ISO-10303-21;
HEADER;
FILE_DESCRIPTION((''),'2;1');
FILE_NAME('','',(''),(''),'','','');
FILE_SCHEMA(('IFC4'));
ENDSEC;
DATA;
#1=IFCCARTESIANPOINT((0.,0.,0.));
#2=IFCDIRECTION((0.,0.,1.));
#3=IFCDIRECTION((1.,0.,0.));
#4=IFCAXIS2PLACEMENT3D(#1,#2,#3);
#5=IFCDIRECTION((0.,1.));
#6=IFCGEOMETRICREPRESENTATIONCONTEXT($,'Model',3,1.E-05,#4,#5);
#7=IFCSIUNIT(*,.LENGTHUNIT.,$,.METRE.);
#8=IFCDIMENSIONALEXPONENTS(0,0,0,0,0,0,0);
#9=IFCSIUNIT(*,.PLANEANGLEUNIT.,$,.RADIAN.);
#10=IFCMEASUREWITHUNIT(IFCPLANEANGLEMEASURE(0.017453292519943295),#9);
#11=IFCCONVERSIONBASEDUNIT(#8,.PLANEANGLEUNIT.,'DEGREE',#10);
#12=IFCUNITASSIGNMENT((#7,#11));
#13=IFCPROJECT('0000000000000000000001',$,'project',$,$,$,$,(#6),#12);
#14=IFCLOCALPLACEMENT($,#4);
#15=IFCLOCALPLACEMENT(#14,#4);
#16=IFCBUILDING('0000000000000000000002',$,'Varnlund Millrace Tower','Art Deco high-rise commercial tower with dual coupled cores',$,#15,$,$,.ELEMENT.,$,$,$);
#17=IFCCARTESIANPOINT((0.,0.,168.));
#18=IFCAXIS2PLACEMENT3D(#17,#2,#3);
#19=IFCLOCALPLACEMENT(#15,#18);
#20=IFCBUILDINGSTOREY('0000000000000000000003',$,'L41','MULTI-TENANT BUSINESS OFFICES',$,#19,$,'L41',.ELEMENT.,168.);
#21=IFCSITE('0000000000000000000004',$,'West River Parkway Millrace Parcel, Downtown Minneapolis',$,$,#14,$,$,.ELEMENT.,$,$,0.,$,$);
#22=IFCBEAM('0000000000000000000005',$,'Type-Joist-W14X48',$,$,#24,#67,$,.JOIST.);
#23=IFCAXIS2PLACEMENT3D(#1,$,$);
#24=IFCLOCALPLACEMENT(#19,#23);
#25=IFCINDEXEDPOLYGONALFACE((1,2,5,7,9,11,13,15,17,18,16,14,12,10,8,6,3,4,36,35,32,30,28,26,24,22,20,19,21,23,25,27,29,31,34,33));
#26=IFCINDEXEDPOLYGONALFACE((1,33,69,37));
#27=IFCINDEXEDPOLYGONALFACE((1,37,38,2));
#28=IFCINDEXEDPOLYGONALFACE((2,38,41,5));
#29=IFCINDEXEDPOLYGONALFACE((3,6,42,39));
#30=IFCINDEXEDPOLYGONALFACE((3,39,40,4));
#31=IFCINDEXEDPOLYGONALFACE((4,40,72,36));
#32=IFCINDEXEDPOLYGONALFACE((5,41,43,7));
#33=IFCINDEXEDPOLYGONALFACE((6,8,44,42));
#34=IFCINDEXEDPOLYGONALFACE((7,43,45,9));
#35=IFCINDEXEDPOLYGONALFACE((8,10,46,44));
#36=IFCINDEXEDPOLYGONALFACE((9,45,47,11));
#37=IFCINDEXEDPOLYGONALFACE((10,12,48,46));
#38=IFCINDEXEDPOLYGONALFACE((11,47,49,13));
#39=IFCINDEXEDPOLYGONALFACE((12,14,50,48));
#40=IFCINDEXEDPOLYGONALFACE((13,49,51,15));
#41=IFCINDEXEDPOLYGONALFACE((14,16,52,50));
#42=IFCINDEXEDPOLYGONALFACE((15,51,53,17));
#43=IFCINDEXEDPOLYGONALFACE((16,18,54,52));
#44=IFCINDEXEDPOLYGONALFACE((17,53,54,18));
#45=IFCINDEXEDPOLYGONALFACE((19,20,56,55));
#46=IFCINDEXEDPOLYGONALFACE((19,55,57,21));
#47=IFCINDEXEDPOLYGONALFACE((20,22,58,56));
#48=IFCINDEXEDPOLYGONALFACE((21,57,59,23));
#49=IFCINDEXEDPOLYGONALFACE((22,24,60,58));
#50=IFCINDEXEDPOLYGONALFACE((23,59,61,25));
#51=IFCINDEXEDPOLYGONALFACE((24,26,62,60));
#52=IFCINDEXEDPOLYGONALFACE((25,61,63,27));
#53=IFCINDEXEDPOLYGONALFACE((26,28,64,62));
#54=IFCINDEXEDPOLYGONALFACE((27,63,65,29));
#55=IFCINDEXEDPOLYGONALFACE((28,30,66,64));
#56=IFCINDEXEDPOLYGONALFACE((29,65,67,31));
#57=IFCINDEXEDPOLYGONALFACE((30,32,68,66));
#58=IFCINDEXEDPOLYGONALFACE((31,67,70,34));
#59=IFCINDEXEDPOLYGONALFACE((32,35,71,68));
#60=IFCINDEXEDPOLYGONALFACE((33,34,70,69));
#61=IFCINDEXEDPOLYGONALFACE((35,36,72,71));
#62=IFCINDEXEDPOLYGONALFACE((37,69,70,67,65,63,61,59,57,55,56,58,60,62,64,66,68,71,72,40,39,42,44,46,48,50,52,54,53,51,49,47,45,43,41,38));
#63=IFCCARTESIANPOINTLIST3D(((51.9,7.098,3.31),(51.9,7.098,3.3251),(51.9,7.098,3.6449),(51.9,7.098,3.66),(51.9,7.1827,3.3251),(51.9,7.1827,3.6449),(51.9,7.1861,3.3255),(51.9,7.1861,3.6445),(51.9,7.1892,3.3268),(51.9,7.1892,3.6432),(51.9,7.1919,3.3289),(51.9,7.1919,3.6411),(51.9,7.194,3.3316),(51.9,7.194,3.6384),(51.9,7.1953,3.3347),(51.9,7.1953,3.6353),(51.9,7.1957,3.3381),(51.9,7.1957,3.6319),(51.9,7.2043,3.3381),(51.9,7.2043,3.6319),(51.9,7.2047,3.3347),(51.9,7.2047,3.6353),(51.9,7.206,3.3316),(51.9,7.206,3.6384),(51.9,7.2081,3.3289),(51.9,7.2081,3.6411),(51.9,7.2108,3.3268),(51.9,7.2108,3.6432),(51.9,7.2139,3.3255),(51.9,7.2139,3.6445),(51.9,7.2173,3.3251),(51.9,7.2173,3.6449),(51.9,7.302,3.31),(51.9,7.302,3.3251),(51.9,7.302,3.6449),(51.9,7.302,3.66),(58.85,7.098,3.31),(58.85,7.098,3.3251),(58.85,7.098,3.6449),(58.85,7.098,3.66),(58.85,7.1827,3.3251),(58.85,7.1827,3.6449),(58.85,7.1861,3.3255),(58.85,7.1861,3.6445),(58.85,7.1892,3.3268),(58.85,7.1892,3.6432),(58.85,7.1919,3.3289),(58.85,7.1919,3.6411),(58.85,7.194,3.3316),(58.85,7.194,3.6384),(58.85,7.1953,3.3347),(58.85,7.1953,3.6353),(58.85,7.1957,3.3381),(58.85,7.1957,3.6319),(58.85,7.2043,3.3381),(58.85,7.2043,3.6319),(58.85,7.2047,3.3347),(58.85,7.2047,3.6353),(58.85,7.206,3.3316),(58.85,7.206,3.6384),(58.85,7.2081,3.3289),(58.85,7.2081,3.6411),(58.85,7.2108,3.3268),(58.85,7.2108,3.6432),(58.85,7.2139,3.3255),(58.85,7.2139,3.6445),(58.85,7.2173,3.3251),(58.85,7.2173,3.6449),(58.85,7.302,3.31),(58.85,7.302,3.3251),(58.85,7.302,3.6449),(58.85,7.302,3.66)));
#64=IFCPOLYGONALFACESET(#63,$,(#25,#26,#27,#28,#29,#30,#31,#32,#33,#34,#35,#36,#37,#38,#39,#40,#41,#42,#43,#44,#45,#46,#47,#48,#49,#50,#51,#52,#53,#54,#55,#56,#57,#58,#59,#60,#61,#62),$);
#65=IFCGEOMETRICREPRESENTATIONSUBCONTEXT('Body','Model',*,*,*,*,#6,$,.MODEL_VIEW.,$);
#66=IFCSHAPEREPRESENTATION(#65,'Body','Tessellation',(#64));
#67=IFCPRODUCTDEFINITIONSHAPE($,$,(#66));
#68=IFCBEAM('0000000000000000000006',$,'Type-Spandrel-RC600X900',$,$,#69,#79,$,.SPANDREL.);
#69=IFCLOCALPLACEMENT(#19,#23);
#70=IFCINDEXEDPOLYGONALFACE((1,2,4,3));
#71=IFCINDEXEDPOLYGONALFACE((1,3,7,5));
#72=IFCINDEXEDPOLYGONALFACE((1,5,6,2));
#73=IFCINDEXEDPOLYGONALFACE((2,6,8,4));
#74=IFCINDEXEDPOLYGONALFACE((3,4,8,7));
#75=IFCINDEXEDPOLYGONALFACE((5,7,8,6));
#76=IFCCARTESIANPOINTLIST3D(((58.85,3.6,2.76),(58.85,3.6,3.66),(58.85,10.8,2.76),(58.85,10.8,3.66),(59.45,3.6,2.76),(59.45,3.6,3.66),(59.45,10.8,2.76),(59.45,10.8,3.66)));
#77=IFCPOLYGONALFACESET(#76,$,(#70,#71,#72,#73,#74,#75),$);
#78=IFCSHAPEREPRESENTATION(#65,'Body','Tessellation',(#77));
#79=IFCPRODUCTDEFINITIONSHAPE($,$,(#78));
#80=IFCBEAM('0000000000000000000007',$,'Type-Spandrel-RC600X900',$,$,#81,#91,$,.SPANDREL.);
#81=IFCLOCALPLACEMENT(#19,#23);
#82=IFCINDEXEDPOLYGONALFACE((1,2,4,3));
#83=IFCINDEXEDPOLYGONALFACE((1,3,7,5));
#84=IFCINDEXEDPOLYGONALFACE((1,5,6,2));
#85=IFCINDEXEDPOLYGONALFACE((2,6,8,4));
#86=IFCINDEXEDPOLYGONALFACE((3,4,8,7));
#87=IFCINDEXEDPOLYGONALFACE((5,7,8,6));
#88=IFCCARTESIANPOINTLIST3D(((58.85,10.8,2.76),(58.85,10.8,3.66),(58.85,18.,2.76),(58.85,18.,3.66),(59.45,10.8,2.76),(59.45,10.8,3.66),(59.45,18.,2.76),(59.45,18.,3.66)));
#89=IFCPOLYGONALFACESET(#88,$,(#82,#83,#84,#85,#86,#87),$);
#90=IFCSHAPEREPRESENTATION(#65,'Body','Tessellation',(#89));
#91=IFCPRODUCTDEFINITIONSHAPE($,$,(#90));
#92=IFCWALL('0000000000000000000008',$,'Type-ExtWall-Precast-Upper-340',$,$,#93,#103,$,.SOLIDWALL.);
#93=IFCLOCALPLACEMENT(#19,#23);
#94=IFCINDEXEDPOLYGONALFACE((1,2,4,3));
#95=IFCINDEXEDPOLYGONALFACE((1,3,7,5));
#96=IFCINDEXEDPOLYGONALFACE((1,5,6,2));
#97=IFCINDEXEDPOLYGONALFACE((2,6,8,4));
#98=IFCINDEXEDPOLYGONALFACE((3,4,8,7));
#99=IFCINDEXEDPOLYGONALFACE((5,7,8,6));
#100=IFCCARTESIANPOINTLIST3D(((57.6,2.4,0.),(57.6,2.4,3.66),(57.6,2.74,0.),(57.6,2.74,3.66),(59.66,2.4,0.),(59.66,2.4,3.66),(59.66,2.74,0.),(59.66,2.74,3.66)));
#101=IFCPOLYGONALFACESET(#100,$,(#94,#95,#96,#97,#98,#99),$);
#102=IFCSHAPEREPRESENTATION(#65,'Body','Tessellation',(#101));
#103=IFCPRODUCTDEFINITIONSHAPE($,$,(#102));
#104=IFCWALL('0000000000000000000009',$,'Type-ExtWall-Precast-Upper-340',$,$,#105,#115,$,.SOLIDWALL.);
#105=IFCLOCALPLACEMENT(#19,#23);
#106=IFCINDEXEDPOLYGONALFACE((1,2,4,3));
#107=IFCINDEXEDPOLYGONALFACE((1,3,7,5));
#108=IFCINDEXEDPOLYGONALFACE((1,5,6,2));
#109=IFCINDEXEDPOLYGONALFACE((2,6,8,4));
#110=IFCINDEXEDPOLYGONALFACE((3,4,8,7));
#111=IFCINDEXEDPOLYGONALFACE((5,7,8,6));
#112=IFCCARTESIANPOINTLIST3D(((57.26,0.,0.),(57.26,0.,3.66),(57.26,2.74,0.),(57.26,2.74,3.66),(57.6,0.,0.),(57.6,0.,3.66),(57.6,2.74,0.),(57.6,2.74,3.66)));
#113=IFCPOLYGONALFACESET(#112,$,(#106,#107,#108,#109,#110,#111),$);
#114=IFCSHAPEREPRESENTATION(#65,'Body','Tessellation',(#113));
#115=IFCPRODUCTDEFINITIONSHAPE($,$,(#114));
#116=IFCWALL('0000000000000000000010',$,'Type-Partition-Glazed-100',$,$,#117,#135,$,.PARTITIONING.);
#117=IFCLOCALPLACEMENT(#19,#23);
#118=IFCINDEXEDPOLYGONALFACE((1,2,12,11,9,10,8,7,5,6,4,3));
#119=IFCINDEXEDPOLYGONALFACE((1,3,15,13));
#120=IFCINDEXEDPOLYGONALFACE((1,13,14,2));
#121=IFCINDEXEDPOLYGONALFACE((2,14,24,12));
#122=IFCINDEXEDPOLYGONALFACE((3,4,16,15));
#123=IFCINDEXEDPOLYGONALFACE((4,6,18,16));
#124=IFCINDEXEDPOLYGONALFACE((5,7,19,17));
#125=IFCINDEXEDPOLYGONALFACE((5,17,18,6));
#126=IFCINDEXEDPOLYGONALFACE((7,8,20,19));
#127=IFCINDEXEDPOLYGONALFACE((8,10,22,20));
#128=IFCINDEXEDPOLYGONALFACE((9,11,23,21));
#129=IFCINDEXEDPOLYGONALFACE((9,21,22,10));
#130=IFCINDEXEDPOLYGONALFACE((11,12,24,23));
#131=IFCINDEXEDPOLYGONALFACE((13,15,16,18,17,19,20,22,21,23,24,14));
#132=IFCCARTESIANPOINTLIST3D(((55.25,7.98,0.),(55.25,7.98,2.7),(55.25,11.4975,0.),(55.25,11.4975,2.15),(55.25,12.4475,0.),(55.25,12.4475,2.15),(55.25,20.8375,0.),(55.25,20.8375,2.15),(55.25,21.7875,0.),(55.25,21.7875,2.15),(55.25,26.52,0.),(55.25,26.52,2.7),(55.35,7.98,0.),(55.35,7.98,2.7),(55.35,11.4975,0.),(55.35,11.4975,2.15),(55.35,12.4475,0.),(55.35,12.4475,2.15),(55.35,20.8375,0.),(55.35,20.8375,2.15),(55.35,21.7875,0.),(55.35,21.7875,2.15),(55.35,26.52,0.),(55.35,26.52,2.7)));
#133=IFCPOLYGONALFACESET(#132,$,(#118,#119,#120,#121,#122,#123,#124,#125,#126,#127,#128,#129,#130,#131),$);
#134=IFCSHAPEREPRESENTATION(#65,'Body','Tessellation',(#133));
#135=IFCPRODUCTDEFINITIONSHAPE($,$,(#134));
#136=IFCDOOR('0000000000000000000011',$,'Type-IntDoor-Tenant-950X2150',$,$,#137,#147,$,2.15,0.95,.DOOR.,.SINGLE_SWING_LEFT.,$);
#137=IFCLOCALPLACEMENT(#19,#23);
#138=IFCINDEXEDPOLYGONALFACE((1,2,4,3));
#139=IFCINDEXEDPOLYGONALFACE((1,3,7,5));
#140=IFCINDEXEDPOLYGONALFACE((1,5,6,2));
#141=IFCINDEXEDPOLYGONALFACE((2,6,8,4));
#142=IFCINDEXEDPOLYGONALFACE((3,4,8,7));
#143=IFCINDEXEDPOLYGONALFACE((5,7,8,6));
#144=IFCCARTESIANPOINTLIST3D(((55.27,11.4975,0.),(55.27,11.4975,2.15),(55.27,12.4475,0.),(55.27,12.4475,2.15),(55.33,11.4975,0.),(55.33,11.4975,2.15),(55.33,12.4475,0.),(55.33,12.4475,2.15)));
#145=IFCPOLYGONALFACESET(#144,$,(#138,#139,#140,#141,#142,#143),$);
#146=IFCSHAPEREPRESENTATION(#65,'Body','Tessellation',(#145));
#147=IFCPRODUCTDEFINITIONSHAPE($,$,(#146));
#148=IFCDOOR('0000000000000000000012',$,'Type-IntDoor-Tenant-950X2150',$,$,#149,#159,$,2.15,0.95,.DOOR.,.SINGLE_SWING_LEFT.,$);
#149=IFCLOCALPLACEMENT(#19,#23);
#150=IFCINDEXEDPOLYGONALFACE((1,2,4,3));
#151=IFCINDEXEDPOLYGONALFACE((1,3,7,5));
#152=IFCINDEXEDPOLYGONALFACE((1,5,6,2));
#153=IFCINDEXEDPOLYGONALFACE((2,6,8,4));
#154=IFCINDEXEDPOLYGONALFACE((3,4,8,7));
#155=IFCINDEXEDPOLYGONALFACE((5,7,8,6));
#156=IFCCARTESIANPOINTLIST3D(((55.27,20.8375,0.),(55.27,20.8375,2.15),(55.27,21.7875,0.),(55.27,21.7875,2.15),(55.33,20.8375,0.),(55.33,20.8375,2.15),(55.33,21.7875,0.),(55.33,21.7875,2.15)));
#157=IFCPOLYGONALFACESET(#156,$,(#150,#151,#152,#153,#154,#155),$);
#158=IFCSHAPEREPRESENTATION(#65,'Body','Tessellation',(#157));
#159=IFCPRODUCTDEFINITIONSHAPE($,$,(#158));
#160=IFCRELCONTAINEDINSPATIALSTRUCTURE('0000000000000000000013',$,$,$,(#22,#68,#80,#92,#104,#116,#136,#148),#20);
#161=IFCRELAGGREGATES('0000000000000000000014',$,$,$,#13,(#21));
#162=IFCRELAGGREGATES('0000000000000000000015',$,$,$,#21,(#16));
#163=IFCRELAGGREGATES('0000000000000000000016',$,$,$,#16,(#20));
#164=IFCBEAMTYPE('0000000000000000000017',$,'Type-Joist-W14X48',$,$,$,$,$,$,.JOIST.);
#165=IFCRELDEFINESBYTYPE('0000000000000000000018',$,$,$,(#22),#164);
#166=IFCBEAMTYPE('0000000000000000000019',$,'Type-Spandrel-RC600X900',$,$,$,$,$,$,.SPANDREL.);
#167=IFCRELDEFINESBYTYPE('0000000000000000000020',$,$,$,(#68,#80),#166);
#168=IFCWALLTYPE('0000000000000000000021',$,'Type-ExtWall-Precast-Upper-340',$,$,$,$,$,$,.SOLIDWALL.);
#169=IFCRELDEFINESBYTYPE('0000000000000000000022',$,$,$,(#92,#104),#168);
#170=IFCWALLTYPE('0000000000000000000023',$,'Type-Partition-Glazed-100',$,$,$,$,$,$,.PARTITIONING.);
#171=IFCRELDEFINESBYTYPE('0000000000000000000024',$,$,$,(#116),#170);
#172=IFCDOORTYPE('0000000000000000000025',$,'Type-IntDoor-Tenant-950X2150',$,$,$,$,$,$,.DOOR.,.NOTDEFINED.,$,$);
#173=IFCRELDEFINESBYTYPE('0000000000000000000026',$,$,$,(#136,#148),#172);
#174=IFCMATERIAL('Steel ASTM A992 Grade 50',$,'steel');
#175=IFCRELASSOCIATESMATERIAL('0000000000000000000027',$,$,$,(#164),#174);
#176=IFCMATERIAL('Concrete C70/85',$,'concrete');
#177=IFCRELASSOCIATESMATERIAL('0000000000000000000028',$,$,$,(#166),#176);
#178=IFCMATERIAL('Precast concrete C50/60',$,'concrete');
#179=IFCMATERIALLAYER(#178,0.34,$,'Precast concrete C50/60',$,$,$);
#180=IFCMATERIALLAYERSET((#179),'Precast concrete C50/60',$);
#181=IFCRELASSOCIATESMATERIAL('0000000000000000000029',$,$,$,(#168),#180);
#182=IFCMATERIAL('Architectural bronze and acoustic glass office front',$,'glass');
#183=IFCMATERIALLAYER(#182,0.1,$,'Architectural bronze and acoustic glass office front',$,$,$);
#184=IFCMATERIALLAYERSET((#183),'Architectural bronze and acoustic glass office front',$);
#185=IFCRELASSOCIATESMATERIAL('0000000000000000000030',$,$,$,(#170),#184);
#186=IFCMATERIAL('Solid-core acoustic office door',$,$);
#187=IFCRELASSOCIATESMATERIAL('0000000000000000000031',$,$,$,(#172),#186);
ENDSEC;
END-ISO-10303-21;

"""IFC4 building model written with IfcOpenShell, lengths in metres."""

from ifc_helpers import new_model, entity, si_unit, converted_unit, direction, frame, origin_with_axes, origin_2d_with_axis, place, context, subcontext, project, spatial, polyline, rectangle, i_section, outline, extrude, material, layer, layer_set, material_profile, profile_set, type_object, element, fill, save


model = new_model("IFC4")

# Units and contexts
model_context = context("Model", 3, precision=1e-05, world=origin_with_axes(), true_north=direction((0.0, 1.0)))
body_context = subcontext(model_context, "Body", "Model", "MODEL_VIEW")
ifc_project = project(units=[si_unit("LENGTHUNIT", "METRE"), converted_unit("PLANEANGLEUNIT", "DEGREE", entity("IfcPlaneAngleMeasure", 0.017453292519943295), si_unit("PLANEANGLEUNIT", "RADIAN"), dimensions=[0, 0, 0, 0, 0, 0, 0])], contexts=[model_context])

# Site, building, storey
site_placement = place(None, origin_with_axes())
site = spatial("IfcSite", under=ifc_project, at=site_placement, Name="West River Parkway Millrace Parcel, Downtown Minneapolis", CompositionType="ELEMENT", RefElevation=0.0)
building_placement = place(site_placement, origin_with_axes())
building = spatial("IfcBuilding", under=site, at=building_placement, Name="Varnlund Millrace Tower", Description="Art Deco high-rise commercial tower with dual coupled cores", CompositionType="ELEMENT")
storey_placement = place(building_placement, frame((0.0, 0.0, 168.0), z_axis=(0.0, 0.0, 1.0), x_axis=(1.0, 0.0, 0.0)))
storey = spatial("IfcBuildingStorey", under=building, at=storey_placement, Name="L41", Description="MULTI-TENANT BUSINESS OFFICES", LongName="L41", CompositionType="ELEMENT", Elevation=168.0)

# Beams
ifc_material_1 = material(Name="Steel ASTM A992 Grade 50", Category="steel")
ifc_material_profile_1 = material_profile(ifc_material_1, i_section(OverallWidth=0.204, OverallDepth=0.35, WebThickness=0.0086, FlangeThickness=0.0151, FilletRadius=0.013, at=origin_2d_with_axis()), Name="Steel ASTM A992 Grade 50")
ifc_profile_set_1 = profile_set([ifc_material_profile_1], Name="Steel ASTM A992 Grade 50")
beam_type_1 = type_object("IfcBeamType", Name="Type-Joist-W14X48", PredefinedType="JOIST", material=ifc_profile_set_1)
beam_placement = place(storey_placement, frame((51.9, 7.2, 3.485), z_axis=(1.0, 0.0, 0.0), x_axis=(0.0, 1.0, 0.0)))
element("IfcBeam", 1, at=beam_placement, inside=storey, type_object=beam_type_1, Name="Type-Joist-W14X48", PredefinedType="JOIST", context=body_context, shape_type="SweptSolid", body=[
    extrude(i_section(OverallWidth=0.204, OverallDepth=0.35, WebThickness=0.0086, FlangeThickness=0.0151, FilletRadius=0.013, at=origin_2d_with_axis()), origin_with_axes(), (0.0, 0.0, 1.0), 6.95),
])
ifc_material_2 = material(Name="Concrete C70/85", Category="concrete")
ifc_material_profile_2 = material_profile(ifc_material_2, rectangle(XDim=0.6, YDim=0.9, at=origin_2d_with_axis()), Name="Concrete C70/85")
ifc_profile_set_2 = profile_set([ifc_material_profile_2], Name="Concrete C70/85")
beam_type_2 = type_object("IfcBeamType", Name="Type-Spandrel-RC600X900", PredefinedType="SPANDREL", material=ifc_profile_set_2)
for number, where, z_axis, x_axis, name in (
    (2, (59.15, 3.6, 3.21), (0.0, 1.0, 0.0), (-1.0, 0.0, 0.0), "Type-Spandrel-RC600X900"),
    (3, (59.15, 10.8, 3.21), (0.0, 1.0, 0.0), (-1.0, 0.0, 0.0), "Type-Spandrel-RC600X900"),
):
    element("IfcBeam", number, at=place(storey_placement, frame(where, z_axis=z_axis, x_axis=x_axis)), inside=storey, type_object=beam_type_2, Name=name, PredefinedType="SPANDREL", context=body_context, shape_type="SweptSolid", body=[
        extrude(rectangle(XDim=0.6, YDim=0.9, at=origin_2d_with_axis()), origin_with_axes(), (0.0, 0.0, 1.0), 7.2),
    ])

# Walls
ifc_material_3 = material(Name="Precast concrete C50/60", Category="concrete")
ifc_layer_1 = layer(ifc_material_3, 0.34, Name="Precast concrete C50/60")
ifc_layer_set_1 = layer_set([ifc_layer_1], Name="Precast concrete C50/60")
wall_type_1 = type_object("IfcWallType", Name="Type-ExtWall-Precast-Upper-340", PredefinedType="SOLIDWALL", material=ifc_layer_set_1)
wall_1_placement = place(storey_placement, frame((59.66, 2.57, 0.0), z_axis=(0.0, 0.0, 1.0), x_axis=(-1.0, 0.0, 0.0)))
element("IfcWall", 4, at=wall_1_placement, inside=storey, type_object=wall_type_1, Name="Type-ExtWall-Precast-Upper-340", PredefinedType="SOLIDWALL", context=body_context, shape_type="SweptSolid", body=[
    extrude(outline(polyline([(0.0, -0.17), (2.06, -0.17), (2.06, 0.17), (0.0, 0.17), (0.0, -0.17)])), origin_with_axes(), (0.0, 0.0, 1.0), 3.66),
])
wall_2_placement = place(storey_placement, frame((57.43, 2.74, 0.0), z_axis=(0.0, 0.0, 1.0), x_axis=(0.0, -1.0, 0.0)))
element("IfcWall", 5, at=wall_2_placement, inside=storey, type_object=wall_type_1, Name="Type-ExtWall-Precast-Upper-340", PredefinedType="SOLIDWALL", context=body_context, shape_type="SweptSolid", body=[
    extrude(outline(polyline([(0.0, -0.17), (2.74, -0.17), (2.74, 0.17), (0.0, 0.17), (0.0, -0.17)])), origin_with_axes(), (0.0, 0.0, 1.0), 3.66),
])

# Wall, openings, doors
ifc_material_4 = material(Name="Architectural bronze and acoustic glass office front", Category="glass")
ifc_layer_2 = layer(ifc_material_4, 0.1, Name="Architectural bronze and acoustic glass office front")
ifc_layer_set_2 = layer_set([ifc_layer_2], Name="Architectural bronze and acoustic glass office front")
wall_type_2 = type_object("IfcWallType", Name="Type-Partition-Glazed-100", PredefinedType="PARTITIONING", material=ifc_layer_set_2)
wall_3_placement = place(storey_placement, frame((55.3, 7.98, 0.0), z_axis=(0.0, 0.0, 1.0), x_axis=(0.0, 1.0, 0.0)))
wall_3 = element("IfcWall", 6, at=wall_3_placement, inside=storey, type_object=wall_type_2, Name="Type-Partition-Glazed-100", PredefinedType="PARTITIONING", context=body_context, shape_type="SweptSolid", body=[
    extrude(outline(polyline([(0.0, -0.05), (18.54, -0.05), (18.54, 0.05), (0.0, 0.05), (0.0, -0.05)])), origin_with_axes(), (0.0, 0.0, 1.0), 2.7),
])
opening_1_placement = place(wall_3_placement, frame((3.9925, 0.0, 0.0), z_axis=(0.0, 0.0, 1.0), x_axis=(1.0, 0.0, 0.0)))
opening_1 = element("IfcOpeningElement", 7, at=opening_1_placement, cuts=wall_3, PredefinedType="OPENING", context=body_context, shape_type="SweptSolid", body=[
    extrude(rectangle(XDim=0.95, YDim=0.12, at=origin_2d_with_axis()), origin_with_axes(), (0.0, 0.0, 1.0), 2.15),
])
opening_2_placement = place(wall_3_placement, frame((13.3325, 0.0, 0.0), z_axis=(0.0, 0.0, 1.0), x_axis=(1.0, 0.0, 0.0)))
opening_2 = element("IfcOpeningElement", 8, at=opening_2_placement, cuts=wall_3, PredefinedType="OPENING", context=body_context, shape_type="SweptSolid", body=[
    extrude(rectangle(XDim=0.95, YDim=0.12, at=origin_2d_with_axis()), origin_with_axes(), (0.0, 0.0, 1.0), 2.15),
])
ifc_material_5 = material(Name="Solid-core acoustic office door")
door_type_1 = type_object("IfcDoorType", Name="Type-IntDoor-Tenant-950X2150", OperationType="NOTDEFINED", PredefinedType="DOOR", material=ifc_material_5)
door_1_placement = place(wall_3_placement, frame((3.9925, 0.0, 0.0), z_axis=(0.0, 0.0, 1.0), x_axis=(1.0, 0.0, 0.0)))
door_1 = element("IfcDoor", 9, at=door_1_placement, inside=storey, type_object=door_type_1, Name="Type-IntDoor-Tenant-950X2150", OperationType="SINGLE_SWING_LEFT", OverallHeight=2.15, OverallWidth=0.95, PredefinedType="DOOR", context=body_context, shape_type="SweptSolid", body=[
    extrude(rectangle(XDim=0.95, YDim=0.06, at=origin_2d_with_axis()), origin_with_axes(), (0.0, 0.0, 1.0), 2.15),
])
fill(opening_1, door_1)
door_2_placement = place(wall_3_placement, frame((13.3325, 0.0, 0.0), z_axis=(0.0, 0.0, 1.0), x_axis=(1.0, 0.0, 0.0)))
door_2 = element("IfcDoor", 10, at=door_2_placement, inside=storey, type_object=door_type_1, Name="Type-IntDoor-Tenant-950X2150", OperationType="SINGLE_SWING_LEFT", OverallHeight=2.15, OverallWidth=0.95, PredefinedType="DOOR", context=body_context, shape_type="SweptSolid", body=[
    extrude(rectangle(XDim=0.95, YDim=0.06, at=origin_2d_with_axis()), origin_with_axes(), (0.0, 0.0, 1.0), 2.15),
])
fill(opening_2, door_2)

save(model, "model.ifc")
